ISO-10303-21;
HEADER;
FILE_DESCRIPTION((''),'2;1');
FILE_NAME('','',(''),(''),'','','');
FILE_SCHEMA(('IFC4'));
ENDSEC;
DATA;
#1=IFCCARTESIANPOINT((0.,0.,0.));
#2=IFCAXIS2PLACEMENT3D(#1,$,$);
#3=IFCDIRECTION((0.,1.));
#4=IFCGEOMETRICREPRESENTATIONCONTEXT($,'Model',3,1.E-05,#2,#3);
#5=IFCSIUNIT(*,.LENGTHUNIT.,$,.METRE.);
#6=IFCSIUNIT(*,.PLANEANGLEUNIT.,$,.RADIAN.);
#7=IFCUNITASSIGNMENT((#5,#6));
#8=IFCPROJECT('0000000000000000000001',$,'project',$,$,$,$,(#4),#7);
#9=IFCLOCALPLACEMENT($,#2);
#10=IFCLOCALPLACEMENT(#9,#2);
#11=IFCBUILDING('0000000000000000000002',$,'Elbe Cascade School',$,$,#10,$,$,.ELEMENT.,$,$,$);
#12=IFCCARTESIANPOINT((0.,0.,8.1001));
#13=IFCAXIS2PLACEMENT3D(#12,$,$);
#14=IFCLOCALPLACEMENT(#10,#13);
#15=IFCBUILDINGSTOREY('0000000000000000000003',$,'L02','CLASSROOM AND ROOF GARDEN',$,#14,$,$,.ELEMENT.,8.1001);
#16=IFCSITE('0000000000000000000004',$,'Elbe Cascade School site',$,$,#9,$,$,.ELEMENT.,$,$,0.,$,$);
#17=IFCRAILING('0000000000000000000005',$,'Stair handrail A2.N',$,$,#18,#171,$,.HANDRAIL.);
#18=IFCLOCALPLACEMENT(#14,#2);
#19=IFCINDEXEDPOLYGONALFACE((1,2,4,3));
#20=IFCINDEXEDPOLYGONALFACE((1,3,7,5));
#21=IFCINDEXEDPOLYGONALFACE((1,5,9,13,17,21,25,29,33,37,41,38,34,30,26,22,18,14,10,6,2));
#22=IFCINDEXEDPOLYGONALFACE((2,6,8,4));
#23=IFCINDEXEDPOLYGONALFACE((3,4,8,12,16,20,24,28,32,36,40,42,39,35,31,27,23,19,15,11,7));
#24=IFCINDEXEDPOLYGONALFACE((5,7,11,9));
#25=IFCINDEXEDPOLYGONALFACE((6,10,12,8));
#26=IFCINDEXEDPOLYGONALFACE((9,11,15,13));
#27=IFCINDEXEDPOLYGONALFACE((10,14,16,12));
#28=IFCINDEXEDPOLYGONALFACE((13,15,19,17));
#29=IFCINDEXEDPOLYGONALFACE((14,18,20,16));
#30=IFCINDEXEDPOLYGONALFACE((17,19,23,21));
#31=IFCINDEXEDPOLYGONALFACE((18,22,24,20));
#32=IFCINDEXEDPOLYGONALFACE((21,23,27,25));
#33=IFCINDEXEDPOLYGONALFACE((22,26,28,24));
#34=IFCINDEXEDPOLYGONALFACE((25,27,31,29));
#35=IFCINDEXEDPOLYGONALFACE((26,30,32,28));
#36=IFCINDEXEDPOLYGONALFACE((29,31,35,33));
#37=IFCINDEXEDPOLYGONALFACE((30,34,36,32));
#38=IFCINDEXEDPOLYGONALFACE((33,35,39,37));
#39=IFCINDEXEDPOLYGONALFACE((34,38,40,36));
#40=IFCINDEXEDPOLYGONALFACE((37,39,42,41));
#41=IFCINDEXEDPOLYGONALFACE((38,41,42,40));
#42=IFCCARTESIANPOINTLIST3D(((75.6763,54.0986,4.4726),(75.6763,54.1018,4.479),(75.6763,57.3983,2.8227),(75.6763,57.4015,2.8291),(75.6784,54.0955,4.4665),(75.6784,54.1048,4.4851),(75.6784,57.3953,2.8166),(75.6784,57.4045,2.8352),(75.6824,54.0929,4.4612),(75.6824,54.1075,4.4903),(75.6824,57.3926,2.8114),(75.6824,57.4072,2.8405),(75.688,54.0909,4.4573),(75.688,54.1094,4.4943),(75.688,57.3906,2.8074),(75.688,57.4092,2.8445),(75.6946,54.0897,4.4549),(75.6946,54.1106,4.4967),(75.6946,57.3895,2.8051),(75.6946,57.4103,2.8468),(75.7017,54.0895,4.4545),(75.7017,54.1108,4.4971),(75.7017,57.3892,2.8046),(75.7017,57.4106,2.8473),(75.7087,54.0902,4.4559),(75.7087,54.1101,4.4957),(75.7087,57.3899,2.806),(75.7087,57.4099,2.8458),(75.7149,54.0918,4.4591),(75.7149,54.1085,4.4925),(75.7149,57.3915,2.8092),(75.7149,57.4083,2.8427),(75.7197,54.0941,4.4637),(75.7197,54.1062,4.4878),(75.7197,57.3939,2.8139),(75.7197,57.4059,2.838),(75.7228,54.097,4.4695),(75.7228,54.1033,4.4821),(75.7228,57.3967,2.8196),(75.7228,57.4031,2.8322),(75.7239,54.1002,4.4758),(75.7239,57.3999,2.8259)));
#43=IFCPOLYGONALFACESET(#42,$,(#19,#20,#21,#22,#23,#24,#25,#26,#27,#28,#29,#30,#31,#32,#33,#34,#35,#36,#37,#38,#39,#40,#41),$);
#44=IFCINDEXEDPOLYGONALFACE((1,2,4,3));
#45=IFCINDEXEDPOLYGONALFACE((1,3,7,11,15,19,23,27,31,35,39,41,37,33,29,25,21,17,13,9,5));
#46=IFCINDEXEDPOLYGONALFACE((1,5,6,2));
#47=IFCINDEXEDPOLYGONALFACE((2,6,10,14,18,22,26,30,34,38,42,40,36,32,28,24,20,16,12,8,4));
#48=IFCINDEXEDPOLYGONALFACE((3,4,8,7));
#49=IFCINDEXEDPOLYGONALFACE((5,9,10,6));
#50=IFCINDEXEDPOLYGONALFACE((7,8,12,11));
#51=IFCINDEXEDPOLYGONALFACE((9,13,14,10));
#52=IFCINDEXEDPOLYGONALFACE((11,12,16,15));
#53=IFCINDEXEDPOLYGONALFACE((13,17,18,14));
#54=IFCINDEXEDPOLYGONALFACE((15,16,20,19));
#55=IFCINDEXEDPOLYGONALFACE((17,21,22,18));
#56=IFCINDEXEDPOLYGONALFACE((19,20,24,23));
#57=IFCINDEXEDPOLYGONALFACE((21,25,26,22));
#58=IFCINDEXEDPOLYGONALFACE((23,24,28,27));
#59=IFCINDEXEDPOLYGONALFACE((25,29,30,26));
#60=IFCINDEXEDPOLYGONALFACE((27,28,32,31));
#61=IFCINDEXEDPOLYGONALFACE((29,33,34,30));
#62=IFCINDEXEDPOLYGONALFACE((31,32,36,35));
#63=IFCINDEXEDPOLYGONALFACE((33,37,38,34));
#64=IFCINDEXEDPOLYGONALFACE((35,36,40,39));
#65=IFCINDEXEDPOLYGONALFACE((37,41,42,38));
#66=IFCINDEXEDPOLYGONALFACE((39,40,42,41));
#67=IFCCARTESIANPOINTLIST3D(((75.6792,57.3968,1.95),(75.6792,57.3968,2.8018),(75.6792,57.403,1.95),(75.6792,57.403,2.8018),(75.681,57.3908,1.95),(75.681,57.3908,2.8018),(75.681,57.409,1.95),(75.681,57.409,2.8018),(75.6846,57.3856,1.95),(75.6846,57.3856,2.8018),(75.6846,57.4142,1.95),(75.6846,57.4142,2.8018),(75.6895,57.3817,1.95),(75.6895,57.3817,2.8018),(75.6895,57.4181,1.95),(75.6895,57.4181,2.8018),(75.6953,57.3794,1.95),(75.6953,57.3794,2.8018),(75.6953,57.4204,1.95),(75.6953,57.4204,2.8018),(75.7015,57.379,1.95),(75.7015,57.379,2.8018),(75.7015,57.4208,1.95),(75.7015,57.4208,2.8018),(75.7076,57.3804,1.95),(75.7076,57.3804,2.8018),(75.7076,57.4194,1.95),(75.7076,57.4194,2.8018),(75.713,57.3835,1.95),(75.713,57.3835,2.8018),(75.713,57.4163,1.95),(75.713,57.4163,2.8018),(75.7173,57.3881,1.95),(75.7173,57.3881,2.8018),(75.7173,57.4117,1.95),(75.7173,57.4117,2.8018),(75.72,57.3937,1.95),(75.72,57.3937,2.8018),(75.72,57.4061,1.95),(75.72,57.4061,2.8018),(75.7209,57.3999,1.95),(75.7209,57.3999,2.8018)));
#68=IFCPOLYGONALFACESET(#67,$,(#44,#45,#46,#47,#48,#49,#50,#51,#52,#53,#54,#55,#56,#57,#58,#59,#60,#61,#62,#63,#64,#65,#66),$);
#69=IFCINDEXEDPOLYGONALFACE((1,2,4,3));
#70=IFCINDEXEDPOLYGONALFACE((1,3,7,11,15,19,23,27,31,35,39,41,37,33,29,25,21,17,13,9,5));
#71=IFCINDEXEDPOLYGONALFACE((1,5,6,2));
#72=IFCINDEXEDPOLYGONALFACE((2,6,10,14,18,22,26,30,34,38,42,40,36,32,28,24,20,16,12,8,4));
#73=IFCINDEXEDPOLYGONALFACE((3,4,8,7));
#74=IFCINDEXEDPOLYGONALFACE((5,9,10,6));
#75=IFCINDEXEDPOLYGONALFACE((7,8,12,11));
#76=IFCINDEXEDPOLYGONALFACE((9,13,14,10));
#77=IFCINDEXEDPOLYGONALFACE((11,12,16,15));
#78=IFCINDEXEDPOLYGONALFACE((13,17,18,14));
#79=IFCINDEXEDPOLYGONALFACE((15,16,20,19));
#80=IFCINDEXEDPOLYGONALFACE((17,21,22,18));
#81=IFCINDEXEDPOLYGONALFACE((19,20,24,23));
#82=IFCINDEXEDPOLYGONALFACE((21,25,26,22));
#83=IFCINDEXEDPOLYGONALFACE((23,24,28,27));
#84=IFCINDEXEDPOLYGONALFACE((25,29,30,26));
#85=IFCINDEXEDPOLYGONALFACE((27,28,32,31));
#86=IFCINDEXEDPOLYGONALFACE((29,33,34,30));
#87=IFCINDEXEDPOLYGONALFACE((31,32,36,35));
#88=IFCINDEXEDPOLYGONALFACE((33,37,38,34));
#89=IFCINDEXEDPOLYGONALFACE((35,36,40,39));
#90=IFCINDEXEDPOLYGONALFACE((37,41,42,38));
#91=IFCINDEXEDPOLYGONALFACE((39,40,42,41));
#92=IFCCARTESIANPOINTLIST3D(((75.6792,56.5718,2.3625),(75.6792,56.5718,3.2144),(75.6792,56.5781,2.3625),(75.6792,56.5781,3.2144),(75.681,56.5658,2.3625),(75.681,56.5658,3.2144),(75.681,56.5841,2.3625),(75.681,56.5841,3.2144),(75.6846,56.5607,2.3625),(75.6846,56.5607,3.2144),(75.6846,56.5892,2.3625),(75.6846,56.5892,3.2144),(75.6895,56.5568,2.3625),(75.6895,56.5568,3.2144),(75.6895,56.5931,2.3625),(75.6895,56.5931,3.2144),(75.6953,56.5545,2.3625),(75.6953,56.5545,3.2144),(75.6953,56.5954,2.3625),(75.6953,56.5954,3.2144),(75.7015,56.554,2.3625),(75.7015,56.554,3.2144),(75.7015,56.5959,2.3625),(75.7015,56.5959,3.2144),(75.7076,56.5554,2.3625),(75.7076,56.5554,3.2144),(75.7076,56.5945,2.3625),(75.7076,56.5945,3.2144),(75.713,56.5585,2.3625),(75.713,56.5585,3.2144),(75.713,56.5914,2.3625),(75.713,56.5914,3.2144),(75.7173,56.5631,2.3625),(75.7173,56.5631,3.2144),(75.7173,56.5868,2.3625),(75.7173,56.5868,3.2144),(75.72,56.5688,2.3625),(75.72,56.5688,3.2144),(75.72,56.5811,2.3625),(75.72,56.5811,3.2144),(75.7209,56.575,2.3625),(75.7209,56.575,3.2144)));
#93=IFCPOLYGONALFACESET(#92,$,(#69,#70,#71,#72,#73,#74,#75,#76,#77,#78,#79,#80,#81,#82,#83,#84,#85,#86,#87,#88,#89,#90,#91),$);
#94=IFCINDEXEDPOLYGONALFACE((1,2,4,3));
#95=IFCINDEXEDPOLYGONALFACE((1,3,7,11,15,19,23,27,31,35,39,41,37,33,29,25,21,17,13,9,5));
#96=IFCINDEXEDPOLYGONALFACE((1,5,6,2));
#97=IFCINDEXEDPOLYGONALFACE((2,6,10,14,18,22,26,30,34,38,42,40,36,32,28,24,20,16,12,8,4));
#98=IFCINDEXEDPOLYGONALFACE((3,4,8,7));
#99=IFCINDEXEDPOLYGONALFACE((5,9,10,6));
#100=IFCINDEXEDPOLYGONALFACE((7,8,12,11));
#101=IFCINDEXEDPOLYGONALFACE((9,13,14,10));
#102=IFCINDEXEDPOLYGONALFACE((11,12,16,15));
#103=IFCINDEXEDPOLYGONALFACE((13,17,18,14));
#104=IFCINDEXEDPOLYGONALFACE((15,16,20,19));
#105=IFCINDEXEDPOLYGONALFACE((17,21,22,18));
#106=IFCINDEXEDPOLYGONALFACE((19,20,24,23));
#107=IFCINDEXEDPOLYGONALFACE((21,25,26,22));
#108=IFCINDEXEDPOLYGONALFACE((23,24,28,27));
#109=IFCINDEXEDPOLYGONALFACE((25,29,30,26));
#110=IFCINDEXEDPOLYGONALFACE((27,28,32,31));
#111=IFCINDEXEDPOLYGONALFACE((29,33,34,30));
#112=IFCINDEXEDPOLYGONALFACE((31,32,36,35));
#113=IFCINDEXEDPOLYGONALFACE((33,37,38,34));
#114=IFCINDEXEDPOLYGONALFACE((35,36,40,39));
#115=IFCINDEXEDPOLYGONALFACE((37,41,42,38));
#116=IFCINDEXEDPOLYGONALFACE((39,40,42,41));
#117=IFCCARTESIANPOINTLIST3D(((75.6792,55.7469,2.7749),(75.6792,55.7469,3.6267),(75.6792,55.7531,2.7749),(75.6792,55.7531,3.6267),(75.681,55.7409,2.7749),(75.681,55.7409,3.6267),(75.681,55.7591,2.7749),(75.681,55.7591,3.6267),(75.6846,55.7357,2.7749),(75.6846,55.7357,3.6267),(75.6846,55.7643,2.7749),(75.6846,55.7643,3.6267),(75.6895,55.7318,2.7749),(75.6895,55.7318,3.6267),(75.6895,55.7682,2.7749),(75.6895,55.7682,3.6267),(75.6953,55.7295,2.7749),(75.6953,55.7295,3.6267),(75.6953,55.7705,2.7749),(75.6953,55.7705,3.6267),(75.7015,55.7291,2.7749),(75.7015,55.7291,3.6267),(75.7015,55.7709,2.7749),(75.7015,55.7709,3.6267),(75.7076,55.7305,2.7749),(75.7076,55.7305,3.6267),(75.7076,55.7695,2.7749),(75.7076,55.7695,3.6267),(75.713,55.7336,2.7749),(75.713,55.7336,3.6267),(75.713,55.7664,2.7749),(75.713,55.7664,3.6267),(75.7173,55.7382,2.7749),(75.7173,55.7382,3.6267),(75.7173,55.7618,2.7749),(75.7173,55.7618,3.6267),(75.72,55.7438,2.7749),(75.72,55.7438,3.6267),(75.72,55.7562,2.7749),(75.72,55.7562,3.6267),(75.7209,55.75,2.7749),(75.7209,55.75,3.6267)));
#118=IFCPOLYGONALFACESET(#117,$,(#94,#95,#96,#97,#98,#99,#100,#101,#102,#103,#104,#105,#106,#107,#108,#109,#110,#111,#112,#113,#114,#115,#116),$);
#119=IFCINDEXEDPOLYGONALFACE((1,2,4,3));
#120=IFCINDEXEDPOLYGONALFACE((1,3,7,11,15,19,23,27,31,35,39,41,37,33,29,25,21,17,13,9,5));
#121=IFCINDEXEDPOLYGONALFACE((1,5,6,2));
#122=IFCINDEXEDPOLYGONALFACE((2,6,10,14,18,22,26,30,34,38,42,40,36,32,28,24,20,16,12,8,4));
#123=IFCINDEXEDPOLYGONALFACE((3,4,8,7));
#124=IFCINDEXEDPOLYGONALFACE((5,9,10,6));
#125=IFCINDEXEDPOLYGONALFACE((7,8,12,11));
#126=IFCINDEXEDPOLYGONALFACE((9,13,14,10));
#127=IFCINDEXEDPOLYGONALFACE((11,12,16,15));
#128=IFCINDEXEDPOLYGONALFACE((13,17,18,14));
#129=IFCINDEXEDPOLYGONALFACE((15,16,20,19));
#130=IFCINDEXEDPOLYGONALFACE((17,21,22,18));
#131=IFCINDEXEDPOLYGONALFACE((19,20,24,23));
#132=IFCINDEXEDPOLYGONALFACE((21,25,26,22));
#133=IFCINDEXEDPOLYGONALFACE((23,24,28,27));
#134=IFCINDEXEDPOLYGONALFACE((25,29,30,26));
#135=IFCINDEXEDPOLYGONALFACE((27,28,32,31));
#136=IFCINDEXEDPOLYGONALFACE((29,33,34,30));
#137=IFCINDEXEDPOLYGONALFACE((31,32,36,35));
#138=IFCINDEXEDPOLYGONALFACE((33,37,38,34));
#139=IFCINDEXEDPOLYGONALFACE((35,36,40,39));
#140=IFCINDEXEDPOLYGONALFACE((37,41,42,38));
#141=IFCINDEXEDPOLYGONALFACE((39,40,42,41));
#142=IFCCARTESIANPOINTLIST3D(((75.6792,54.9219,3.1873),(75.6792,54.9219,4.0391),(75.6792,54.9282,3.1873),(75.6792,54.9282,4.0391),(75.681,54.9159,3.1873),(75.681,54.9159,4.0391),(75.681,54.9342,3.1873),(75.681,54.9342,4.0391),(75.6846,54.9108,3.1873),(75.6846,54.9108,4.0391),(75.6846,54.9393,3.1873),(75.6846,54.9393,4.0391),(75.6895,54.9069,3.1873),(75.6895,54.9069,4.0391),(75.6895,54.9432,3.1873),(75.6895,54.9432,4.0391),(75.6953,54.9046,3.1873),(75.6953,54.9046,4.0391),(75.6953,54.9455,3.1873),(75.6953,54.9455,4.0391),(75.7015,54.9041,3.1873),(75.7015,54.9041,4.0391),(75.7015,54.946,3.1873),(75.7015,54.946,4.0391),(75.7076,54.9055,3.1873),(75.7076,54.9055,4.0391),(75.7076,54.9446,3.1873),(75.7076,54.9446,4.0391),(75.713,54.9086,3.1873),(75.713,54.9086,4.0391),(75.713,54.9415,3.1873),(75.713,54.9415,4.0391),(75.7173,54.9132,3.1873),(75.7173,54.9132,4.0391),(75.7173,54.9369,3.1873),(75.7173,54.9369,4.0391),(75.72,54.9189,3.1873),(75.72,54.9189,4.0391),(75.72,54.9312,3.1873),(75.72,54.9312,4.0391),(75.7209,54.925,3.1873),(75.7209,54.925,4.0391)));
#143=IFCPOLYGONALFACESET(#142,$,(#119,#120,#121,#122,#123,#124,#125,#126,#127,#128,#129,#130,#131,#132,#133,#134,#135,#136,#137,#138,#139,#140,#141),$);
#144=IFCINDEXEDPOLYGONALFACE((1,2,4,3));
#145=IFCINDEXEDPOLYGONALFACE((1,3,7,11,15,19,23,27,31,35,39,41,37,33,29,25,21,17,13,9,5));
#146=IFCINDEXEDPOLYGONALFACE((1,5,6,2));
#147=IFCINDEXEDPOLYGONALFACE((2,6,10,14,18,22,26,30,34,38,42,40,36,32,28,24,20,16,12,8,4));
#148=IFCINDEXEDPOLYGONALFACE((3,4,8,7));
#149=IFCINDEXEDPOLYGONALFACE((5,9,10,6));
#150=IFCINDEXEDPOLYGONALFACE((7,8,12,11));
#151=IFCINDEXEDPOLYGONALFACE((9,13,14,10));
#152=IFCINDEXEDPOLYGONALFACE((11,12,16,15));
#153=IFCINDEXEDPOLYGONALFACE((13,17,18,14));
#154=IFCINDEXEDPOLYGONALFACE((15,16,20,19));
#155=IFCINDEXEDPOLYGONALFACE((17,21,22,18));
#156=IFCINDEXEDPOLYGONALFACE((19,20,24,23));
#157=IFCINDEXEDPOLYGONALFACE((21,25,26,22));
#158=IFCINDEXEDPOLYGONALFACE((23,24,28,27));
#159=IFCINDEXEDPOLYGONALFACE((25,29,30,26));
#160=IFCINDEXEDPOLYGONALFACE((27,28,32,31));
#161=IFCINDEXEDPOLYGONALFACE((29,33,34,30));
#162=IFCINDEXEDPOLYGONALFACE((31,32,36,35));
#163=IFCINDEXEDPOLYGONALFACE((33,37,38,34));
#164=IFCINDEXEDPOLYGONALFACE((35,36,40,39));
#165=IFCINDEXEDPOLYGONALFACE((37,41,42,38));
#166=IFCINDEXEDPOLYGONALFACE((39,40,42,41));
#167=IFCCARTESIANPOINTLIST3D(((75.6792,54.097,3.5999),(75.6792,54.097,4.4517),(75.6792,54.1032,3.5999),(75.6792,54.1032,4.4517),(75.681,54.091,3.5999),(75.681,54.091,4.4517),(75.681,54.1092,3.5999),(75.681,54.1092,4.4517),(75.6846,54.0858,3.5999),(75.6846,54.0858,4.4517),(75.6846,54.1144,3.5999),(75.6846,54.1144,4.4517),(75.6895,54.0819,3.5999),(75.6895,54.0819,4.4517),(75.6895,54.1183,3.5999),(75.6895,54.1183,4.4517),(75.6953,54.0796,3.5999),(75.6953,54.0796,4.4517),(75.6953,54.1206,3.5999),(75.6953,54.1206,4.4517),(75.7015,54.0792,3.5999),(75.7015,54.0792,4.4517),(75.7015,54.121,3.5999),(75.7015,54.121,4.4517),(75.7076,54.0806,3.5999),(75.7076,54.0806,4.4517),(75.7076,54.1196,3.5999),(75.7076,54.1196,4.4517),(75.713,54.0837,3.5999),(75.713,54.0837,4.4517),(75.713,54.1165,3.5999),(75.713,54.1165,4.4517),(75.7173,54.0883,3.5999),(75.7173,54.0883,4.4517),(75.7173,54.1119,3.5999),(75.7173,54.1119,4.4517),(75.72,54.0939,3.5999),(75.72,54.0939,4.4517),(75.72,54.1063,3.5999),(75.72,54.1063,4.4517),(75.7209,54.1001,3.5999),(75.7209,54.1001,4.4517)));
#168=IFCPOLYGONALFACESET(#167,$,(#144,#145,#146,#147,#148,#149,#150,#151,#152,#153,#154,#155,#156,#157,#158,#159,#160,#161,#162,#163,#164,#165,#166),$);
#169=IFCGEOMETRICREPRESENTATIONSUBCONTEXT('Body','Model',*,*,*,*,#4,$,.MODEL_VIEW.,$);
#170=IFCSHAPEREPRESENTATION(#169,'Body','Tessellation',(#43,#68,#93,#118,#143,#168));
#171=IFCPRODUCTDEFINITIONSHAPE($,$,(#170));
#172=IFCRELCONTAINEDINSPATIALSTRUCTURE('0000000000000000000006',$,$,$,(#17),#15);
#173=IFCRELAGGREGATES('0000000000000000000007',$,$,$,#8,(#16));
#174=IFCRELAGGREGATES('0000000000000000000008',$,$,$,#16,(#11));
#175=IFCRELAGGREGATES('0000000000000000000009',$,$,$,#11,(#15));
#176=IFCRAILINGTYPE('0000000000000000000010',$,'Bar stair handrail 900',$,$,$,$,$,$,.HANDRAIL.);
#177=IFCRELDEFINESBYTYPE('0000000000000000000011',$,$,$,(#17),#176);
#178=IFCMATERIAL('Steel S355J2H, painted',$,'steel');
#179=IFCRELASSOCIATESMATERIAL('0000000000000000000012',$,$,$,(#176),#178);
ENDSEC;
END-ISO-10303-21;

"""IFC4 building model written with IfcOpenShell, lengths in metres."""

from ifc_helpers import new_model, si_unit, direction, frame, origin, origin_2d, place, context, subcontext, project, spatial, circle, extrude, material, type_object, element, save


model = new_model("IFC4")

# Units and contexts
model_context = context("Model", 3, precision=1e-05, world=origin(), true_north=direction((0.0, 1.0)))
body_context = subcontext(model_context, "Body", "Model", "MODEL_VIEW")
ifc_project = project(units=[si_unit("LENGTHUNIT", "METRE"), si_unit("PLANEANGLEUNIT", "RADIAN")], contexts=[model_context])

# Site, building, storey
site_placement = place(None, origin())
site = spatial("IfcSite", under=ifc_project, at=site_placement, Name="Elbe Cascade School site", CompositionType="ELEMENT", RefElevation=0.0)
building_placement = place(site_placement, origin())
building = spatial("IfcBuilding", under=site, at=building_placement, Name="Elbe Cascade School", CompositionType="ELEMENT")
storey_placement = place(building_placement, frame((0.0, 0.0, 8.1001)))
storey = spatial("IfcBuildingStorey", under=building, at=storey_placement, Name="L02", Description="CLASSROOM AND ROOF GARDEN", CompositionType="ELEMENT", Elevation=8.1001)

# Railing
ifc_material_1 = material(Name="Steel S355J2H, painted", Category="steel")
railing_type = type_object("IfcRailingType", Name="Bar stair handrail 900", PredefinedType="HANDRAIL", material=ifc_material_1)
railing_placement = place(storey_placement, frame((75.7, 57.3999, 1.95)))
element("IfcRailing", 1, at=railing_placement, inside=storey, type_object=railing_type, Name="Stair handrail A2.N", PredefinedType="HANDRAIL", context=body_context, shape_type="SweptSolid", body=[
    extrude(circle(Radius=0.0239, at=origin_2d()), frame((0.0, 0.0, 0.876), z_axis=(0.0, -0.894427, 0.447214), x_axis=(1.0, 0.0, 0.0)), (0.0, 0.0, 1.0), 3.6892),
    extrude(circle(Radius=0.021, at=origin_2d()), origin(), (0.0, 0.0, 1.0), 0.8518),
    extrude(circle(Radius=0.021, at=origin_2d()), frame((0.0, -0.825, 0.4126)), (0.0, 0.0, 1.0), 0.8518),
    extrude(circle(Radius=0.021, at=origin_2d()), frame((0.0, -1.6499, 0.825)), (0.0, 0.0, 1.0), 0.8518),
    extrude(circle(Radius=0.021, at=origin_2d()), frame((0.0, -2.4749, 1.2373)), (0.0, 0.0, 1.0), 0.8518),
    extrude(circle(Radius=0.021, at=origin_2d()), frame((0.0, -3.2998, 1.6499)), (0.0, 0.0, 1.0), 0.8518),
])

save(model, "model.ifc")
